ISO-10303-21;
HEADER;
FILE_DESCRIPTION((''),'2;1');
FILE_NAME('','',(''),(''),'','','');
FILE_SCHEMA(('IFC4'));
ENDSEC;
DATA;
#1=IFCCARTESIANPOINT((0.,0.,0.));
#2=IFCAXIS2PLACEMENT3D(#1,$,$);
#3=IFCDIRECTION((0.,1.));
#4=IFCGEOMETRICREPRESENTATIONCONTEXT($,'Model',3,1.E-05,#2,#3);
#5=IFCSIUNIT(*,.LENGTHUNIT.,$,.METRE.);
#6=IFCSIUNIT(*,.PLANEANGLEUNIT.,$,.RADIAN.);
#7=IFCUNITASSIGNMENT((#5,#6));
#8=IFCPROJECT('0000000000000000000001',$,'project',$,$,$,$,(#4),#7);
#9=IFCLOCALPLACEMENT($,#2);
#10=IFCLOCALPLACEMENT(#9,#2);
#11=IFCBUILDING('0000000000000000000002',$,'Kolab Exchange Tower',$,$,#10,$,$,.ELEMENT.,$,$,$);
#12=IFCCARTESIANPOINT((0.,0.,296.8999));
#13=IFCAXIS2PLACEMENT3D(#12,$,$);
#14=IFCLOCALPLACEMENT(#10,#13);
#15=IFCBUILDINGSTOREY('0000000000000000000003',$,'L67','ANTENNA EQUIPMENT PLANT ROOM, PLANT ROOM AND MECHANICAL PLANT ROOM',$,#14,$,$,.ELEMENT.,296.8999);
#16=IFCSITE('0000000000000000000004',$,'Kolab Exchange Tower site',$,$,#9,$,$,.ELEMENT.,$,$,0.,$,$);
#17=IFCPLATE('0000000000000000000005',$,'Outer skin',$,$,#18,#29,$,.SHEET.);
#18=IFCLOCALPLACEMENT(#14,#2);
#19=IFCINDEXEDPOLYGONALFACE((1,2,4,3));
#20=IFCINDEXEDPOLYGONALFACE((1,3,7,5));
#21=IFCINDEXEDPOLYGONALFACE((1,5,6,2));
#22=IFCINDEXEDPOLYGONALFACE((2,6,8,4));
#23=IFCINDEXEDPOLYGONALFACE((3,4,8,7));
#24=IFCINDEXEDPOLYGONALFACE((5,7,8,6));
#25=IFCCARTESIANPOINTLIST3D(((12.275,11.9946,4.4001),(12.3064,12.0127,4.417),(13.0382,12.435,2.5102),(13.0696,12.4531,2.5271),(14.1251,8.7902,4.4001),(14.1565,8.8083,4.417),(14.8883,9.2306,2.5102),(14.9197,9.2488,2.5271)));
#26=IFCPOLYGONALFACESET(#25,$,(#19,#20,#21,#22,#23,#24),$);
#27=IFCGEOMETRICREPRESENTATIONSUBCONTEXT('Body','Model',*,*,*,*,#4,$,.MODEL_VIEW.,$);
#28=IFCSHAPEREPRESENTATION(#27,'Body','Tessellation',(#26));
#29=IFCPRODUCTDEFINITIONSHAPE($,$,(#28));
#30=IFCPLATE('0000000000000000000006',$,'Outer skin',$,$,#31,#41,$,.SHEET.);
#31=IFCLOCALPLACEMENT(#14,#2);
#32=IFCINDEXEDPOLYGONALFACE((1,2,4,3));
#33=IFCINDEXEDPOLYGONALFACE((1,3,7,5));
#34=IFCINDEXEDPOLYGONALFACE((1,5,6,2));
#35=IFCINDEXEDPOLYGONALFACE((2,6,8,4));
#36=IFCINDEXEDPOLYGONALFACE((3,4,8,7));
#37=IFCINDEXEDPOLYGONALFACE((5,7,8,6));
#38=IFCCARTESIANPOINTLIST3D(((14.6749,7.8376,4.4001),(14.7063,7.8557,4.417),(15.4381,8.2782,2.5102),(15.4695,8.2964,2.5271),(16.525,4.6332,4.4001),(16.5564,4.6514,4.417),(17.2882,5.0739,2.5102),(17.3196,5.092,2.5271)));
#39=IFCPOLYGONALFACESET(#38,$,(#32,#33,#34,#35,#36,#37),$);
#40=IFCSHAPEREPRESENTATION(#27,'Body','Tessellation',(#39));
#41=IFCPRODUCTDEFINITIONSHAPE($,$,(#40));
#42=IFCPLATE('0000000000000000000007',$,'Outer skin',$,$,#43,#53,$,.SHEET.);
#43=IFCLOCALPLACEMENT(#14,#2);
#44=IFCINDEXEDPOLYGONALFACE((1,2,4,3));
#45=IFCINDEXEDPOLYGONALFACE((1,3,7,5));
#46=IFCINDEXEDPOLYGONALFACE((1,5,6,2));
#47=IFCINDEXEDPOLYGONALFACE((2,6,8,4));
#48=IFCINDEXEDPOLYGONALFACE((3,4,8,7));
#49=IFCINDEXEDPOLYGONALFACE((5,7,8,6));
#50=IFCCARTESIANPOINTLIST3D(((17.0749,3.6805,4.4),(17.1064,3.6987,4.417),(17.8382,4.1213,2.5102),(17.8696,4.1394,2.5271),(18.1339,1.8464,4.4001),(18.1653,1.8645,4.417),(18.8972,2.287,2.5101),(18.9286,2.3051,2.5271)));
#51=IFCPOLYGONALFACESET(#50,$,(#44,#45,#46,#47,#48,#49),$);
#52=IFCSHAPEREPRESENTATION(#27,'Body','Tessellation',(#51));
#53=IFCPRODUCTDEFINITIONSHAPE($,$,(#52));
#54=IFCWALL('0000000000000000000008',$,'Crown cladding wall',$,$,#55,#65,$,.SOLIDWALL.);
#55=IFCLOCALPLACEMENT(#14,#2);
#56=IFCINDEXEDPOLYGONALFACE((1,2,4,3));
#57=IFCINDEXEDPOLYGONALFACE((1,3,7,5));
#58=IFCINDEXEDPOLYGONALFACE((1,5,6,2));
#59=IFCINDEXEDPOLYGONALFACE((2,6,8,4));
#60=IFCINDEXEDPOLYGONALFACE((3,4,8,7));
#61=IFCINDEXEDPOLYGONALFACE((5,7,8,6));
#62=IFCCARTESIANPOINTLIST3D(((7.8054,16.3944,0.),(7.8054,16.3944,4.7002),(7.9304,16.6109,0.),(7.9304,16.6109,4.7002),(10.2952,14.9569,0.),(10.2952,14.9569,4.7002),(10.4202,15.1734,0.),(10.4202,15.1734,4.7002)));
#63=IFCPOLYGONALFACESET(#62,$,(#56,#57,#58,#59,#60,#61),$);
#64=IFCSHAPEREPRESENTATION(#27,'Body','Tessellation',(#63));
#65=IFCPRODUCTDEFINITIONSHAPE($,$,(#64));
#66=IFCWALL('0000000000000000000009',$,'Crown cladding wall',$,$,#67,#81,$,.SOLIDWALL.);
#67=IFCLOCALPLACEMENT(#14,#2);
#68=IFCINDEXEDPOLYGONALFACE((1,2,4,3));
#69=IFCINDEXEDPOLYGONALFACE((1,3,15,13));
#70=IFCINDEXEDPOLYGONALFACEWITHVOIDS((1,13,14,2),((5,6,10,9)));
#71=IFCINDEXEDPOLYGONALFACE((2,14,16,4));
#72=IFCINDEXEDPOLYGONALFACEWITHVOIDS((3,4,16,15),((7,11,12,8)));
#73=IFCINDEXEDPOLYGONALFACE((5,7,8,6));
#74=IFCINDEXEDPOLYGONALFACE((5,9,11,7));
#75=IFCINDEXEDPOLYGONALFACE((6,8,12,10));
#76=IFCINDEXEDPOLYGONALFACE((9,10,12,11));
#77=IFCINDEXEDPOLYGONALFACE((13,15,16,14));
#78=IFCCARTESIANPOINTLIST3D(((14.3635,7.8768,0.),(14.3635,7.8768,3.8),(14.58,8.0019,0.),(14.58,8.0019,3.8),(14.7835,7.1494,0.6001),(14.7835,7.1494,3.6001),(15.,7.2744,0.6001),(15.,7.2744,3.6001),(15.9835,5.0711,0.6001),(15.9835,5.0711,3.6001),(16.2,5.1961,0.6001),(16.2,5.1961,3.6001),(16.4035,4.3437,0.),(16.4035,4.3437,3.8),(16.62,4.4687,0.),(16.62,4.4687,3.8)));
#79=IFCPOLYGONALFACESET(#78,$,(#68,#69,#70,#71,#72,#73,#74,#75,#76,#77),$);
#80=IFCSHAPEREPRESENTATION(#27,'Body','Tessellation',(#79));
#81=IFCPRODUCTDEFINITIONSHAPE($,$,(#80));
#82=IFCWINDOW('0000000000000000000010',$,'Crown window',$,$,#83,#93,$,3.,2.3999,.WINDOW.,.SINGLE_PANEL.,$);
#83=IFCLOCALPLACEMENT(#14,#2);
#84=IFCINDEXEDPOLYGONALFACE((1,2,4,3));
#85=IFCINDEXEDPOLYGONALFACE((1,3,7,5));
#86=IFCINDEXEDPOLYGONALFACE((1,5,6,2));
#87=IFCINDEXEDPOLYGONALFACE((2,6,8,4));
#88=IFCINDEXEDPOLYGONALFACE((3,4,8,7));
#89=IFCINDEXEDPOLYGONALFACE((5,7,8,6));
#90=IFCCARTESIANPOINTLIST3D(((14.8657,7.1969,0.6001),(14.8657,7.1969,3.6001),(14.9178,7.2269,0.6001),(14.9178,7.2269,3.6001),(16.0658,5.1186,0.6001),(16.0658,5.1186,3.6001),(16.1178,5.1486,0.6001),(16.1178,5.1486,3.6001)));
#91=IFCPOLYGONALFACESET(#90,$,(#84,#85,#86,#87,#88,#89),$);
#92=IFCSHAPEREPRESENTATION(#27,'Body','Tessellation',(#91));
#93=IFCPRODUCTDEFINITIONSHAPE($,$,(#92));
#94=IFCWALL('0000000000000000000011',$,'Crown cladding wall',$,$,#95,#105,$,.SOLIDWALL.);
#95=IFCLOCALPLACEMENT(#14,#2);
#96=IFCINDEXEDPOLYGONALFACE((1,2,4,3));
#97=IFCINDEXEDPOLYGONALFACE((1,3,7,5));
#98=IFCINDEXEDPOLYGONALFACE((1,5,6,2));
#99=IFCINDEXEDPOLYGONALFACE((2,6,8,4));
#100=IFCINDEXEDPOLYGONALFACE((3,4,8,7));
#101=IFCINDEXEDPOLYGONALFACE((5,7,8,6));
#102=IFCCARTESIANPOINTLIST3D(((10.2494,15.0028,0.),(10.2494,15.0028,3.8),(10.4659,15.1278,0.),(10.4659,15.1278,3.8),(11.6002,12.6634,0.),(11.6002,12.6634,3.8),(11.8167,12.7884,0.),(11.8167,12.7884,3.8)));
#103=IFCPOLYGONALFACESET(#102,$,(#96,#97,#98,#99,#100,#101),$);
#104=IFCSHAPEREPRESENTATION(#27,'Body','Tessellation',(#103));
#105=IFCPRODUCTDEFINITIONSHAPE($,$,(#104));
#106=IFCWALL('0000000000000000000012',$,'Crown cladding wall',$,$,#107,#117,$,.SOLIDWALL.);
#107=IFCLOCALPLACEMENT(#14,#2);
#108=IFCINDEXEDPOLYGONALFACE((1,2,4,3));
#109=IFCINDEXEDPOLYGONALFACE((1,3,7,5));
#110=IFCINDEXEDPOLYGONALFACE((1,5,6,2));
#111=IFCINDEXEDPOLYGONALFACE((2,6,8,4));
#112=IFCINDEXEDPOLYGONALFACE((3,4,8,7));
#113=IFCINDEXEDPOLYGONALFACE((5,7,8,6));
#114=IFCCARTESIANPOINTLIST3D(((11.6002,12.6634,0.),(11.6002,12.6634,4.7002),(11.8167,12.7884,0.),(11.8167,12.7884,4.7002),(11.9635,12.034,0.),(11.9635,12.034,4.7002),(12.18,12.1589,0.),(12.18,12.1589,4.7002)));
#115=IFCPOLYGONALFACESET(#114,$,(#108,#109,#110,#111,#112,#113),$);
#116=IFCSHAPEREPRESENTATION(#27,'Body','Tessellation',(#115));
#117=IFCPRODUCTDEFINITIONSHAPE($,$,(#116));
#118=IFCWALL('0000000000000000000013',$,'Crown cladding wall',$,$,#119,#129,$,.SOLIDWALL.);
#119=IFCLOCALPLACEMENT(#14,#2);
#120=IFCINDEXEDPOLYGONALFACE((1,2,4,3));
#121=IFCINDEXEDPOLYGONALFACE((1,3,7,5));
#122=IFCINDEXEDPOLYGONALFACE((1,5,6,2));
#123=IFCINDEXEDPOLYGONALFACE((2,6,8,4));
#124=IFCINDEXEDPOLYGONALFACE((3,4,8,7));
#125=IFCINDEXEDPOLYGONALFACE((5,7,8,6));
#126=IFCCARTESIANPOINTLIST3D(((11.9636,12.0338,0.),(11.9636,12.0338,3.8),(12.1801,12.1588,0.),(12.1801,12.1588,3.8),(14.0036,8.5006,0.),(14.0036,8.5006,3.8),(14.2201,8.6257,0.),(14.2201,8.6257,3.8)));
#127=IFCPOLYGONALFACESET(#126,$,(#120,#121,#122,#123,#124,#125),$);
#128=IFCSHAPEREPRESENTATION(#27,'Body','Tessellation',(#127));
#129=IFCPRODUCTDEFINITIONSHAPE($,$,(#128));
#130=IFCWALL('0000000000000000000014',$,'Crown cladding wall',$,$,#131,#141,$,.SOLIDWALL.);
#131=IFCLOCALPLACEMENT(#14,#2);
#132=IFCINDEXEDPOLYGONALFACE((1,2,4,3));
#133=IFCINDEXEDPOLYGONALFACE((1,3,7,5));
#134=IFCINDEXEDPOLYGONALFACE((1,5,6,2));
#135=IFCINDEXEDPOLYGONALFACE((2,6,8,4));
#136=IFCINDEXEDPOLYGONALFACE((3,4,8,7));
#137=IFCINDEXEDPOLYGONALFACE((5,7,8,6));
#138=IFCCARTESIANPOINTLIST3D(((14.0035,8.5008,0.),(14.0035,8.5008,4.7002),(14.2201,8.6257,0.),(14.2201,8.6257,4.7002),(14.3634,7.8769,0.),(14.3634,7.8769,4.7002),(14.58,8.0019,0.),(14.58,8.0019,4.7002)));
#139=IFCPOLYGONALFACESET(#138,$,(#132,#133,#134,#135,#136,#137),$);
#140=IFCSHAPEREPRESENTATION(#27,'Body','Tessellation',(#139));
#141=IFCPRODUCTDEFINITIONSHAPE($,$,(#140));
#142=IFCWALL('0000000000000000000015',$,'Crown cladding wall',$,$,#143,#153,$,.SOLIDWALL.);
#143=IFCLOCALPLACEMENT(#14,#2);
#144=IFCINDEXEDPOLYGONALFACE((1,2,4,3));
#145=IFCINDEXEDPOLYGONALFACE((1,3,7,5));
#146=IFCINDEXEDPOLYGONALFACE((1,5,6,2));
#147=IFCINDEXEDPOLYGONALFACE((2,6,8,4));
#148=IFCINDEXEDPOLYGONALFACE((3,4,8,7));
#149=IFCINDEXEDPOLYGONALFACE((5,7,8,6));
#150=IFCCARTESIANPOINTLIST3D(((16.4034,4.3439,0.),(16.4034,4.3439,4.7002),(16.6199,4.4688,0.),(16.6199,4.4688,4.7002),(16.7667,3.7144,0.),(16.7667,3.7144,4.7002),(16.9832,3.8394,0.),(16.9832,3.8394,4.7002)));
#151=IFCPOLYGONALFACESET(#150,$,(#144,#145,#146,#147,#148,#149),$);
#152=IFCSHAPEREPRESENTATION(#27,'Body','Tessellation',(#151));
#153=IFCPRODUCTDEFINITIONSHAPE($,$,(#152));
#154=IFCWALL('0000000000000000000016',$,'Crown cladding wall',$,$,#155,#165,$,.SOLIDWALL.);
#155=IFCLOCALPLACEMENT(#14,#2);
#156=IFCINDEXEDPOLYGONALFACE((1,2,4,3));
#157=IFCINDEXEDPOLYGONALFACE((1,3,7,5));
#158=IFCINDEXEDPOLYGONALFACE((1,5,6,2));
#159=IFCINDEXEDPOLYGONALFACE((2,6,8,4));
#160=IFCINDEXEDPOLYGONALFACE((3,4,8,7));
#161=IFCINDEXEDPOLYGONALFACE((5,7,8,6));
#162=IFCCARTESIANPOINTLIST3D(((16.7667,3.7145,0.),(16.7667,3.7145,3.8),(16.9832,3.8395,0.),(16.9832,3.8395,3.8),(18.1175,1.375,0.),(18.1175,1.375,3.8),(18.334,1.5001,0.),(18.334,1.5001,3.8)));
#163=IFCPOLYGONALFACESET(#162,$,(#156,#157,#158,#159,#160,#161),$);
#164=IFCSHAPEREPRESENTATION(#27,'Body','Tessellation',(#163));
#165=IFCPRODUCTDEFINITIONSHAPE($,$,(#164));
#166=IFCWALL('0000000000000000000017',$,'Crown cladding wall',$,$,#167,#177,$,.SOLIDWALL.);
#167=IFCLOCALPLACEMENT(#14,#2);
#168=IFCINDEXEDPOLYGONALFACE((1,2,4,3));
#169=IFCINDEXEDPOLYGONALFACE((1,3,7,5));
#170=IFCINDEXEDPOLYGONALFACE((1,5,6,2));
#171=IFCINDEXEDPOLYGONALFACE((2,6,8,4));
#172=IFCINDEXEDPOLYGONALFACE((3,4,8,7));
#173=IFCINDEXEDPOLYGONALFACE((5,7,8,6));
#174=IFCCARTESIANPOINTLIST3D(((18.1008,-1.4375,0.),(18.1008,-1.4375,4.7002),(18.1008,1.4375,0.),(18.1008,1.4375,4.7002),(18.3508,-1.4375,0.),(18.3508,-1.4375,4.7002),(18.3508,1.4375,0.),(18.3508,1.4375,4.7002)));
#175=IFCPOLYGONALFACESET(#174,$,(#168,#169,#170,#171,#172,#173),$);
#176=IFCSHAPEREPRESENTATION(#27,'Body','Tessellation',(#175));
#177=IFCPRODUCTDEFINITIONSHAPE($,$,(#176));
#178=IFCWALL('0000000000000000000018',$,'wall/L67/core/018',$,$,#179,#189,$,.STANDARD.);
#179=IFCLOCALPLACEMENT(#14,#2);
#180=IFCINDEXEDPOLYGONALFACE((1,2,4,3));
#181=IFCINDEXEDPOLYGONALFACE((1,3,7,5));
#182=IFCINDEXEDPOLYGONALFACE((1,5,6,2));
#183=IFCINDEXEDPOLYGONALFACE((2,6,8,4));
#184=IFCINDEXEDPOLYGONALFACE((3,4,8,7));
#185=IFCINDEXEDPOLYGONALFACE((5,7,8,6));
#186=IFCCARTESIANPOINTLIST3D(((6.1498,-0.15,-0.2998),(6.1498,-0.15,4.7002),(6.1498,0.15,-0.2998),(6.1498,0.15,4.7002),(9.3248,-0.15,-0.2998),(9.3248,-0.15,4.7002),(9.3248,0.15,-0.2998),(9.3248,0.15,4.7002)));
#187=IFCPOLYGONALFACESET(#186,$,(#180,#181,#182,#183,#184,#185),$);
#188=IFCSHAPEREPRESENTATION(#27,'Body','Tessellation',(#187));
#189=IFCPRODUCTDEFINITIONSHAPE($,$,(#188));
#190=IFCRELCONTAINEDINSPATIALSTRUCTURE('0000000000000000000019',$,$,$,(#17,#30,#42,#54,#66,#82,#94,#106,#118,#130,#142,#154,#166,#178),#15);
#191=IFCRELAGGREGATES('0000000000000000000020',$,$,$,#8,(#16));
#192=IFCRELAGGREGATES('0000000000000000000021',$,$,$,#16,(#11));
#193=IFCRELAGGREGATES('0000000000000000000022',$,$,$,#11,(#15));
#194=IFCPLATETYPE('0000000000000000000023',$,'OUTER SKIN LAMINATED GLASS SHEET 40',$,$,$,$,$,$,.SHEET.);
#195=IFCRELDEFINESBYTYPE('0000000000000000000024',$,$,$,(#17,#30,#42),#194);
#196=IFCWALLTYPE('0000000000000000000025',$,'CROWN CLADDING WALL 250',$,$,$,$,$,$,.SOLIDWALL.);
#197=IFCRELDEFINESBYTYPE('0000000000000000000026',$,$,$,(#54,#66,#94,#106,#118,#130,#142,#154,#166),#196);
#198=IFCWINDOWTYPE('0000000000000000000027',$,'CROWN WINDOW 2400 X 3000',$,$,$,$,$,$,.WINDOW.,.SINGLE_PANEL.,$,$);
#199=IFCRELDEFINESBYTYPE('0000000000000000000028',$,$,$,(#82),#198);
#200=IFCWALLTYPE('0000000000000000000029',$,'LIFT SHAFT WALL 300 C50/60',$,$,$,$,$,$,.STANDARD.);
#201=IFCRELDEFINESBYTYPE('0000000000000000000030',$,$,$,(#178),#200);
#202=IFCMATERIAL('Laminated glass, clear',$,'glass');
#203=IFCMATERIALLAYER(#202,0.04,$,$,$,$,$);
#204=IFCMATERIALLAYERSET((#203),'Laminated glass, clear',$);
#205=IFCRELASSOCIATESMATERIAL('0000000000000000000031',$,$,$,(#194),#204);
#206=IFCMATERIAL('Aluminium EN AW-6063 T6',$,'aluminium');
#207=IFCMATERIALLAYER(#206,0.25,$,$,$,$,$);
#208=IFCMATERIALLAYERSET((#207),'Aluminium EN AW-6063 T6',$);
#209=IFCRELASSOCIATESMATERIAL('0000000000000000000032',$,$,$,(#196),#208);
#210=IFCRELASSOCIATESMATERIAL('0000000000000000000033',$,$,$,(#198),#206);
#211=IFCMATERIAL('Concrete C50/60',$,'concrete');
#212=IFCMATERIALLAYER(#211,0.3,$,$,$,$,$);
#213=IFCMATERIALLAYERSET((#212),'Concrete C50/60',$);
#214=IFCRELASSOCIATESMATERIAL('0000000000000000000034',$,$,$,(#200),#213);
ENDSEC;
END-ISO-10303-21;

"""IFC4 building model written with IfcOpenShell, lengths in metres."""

from ifc_helpers import new_model, si_unit, direction, frame, frame_2d, origin, place, context, subcontext, project, spatial, polyline, rectangle, outline, extrude, material, layer, layer_set, type_object, element, fill, save


model = new_model("IFC4")

# Units and contexts
model_context = context("Model", 3, precision=1e-05, world=origin(), true_north=direction((0.0, 1.0)))
body_context = subcontext(model_context, "Body", "Model", "MODEL_VIEW")
ifc_project = project(units=[si_unit("LENGTHUNIT", "METRE"), si_unit("PLANEANGLEUNIT", "RADIAN")], contexts=[model_context])

# Site, building, storey
site_placement = place(None, origin())
site = spatial("IfcSite", under=ifc_project, at=site_placement, Name="Kolab Exchange Tower site", CompositionType="ELEMENT", RefElevation=0.0)
building_placement = place(site_placement, origin())
building = spatial("IfcBuilding", under=site, at=building_placement, Name="Kolab Exchange Tower", CompositionType="ELEMENT")
storey_placement = place(building_placement, frame((0.0, 0.0, 296.8999)))
storey = spatial("IfcBuildingStorey", under=building, at=storey_placement, Name="L67", Description="ANTENNA EQUIPMENT PLANT ROOM, PLANT ROOM AND MECHANICAL PLANT ROOM", CompositionType="ELEMENT", Elevation=296.8999)

# Shared definitions
ifc_material_1 = material(Name="Concrete C50/60", Category="concrete")

# Plates
ifc_material_2 = material(Name="Laminated glass, clear", Category="glass")
ifc_layer_1 = layer(ifc_material_2, 0.04)
ifc_layer_set_1 = layer_set([ifc_layer_1], Name="Laminated glass, clear")
plate_type = type_object("IfcPlateType", Name="OUTER SKIN LAMINATED GLASS SHEET 40", PredefinedType="SHEET", material=ifc_layer_set_1)
plate_1_placement = place(storey_placement, frame((13.0696, 12.4531, 2.5271), z_axis=(0.784897, 0.453177, 0.422571), x_axis=(0.500014, -0.866017, 0.0)))
element("IfcPlate", 1, at=plate_1_placement, inside=storey, type_object=plate_type, Name="Outer skin", PredefinedType="SHEET", context=body_context, shape_type="SweptSolid", body=[
    extrude(outline(polyline([(0.0, 0.0), (3.7001, 0.0), (3.6999, -2.0852), (-0.0002, -2.0852), (0.0, 0.0)])), origin(), (0.0, 0.0, -1.0), 0.04),
])
plate_2_placement = place(storey_placement, frame((15.4695, 8.2964, 2.5271), z_axis=(0.784878, 0.453166, 0.422619), x_axis=(0.500014, -0.866017, 0.0)))
element("IfcPlate", 2, at=plate_2_placement, inside=storey, type_object=plate_type, Name="Outer skin", PredefinedType="SHEET", context=body_context, shape_type="SweptSolid", body=[
    extrude(outline(polyline([(0.0, 0.0), (3.7001, 0.0), (3.7001, -2.0853), (0.0, -2.0853), (0.0, 0.0)])), origin(), (0.0, 0.0, -1.0), 0.04),
])
plate_3_placement = place(storey_placement, frame((17.8696, 4.1394, 2.5271), z_axis=(0.784874, 0.453134, 0.422661), x_axis=(0.499996, -0.866028, -0.000019)))
element("IfcPlate", 3, at=plate_3_placement, inside=storey, type_object=plate_type, Name="Outer skin", PredefinedType="SHEET", context=body_context, shape_type="SweptSolid", body=[
    extrude(outline(polyline([(0.0, 0.0), (2.118, 0.0), (2.1179, -2.0854), (0.0, -2.0853), (0.0, 0.0)])), origin(), (0.0, 0.0, -1.0), 0.04),
])

# Wall
ifc_material_3 = material(Name="Aluminium EN AW-6063 T6", Category="aluminium")
ifc_layer_2 = layer(ifc_material_3, 0.25)
ifc_layer_set_2 = layer_set([ifc_layer_2], Name="Aluminium EN AW-6063 T6")
wall_type_1 = type_object("IfcWallType", Name="CROWN CLADDING WALL 250", PredefinedType="SOLIDWALL", material=ifc_layer_set_2)
wall_1_placement = place(storey_placement, frame((7.8679, 16.5027, 0.0), z_axis=(0.0, 0.0, 1.0), x_axis=(0.866019, -0.500012, 0.0)))
element("IfcWall", 4, at=wall_1_placement, inside=storey, type_object=wall_type_1, Name="Crown cladding wall", PredefinedType="SOLIDWALL", context=body_context, shape_type="SweptSolid", body=[
    extrude(rectangle(XDim=2.875, YDim=0.25, at=frame_2d((1.4375, 0.0))), origin(), (0.0, 0.0, 1.0), 4.7002),
])

# Wall, opening, window
wall_2_placement = place(storey_placement, frame((14.4717, 7.9395, 0.0), z_axis=(0.0, 0.0, 1.0), x_axis=(0.500026, -0.86601, 0.0)))
wall_2 = element("IfcWall", 5, at=wall_2_placement, inside=storey, type_object=wall_type_1, Name="Crown cladding wall", PredefinedType="SOLIDWALL", context=body_context, shape_type="SweptSolid", body=[
    extrude(rectangle(XDim=4.0798, YDim=0.25, at=frame_2d((2.04, 0.0))), origin(), (0.0, 0.0, 1.0), 3.8),
])
opening_1_placement = place(wall_2_placement, frame((0.8401, 0.0, 0.6001)))
opening_1 = element("IfcOpeningElement", 6, at=opening_1_placement, cuts=wall_2, PredefinedType="OPENING", context=body_context, shape_type="SweptSolid", body=[
    extrude(rectangle(XDim=2.3999, YDim=3.0, at=frame_2d((1.2, 1.5))), frame((0.0, 0.135, 0.0), z_axis=(0.0, -1.0, 0.0), x_axis=(1.0, 0.0, 0.0)), (0.0, 0.0, 1.0), 0.27),
])
window_type = type_object("IfcWindowType", Name="CROWN WINDOW 2400 X 3000", PartitioningType="SINGLE_PANEL", PredefinedType="WINDOW", material=ifc_material_3)
window_placement = place(opening_1_placement, origin())
window = element("IfcWindow", 7, at=window_placement, inside=storey, type_object=window_type, Name="Crown window", OverallHeight=3.0, OverallWidth=2.3999, PartitioningType="SINGLE_PANEL", PredefinedType="WINDOW", context=body_context, shape_type="SweptSolid", body=[
    extrude(rectangle(XDim=2.3999, YDim=3.0, at=frame_2d((1.2, 1.5))), frame((0.0, 0.03, 0.0), z_axis=(0.0, -1.0, 0.0), x_axis=(1.0, 0.0, 0.0)), (0.0, 0.0, 1.0), 0.0601),
])
fill(opening_1, window)

# Walls
wall_3_placement = place(storey_placement, frame((10.3577, 15.0652, 0.0), z_axis=(0.0, 0.0, 1.0), x_axis=(0.500056, -0.865993, 0.0)))
element("IfcWall", 8, at=wall_3_placement, inside=storey, type_object=wall_type_1, Name="Crown cladding wall", PredefinedType="SOLIDWALL", context=body_context, shape_type="SweptSolid", body=[
    extrude(rectangle(XDim=2.7014, YDim=0.25, at=frame_2d((1.3506, 0.0))), origin(), (0.0, 0.0, 1.0), 3.8),
])
wall_4_placement = place(storey_placement, frame((11.7085, 12.7258, 0.0), z_axis=(0.0, 0.0, 1.0), x_axis=(0.499897, -0.866085, 0.0)))
element("IfcWall", 9, at=wall_4_placement, inside=storey, type_object=wall_type_1, Name="Crown cladding wall", PredefinedType="SOLIDWALL", context=body_context, shape_type="SweptSolid", body=[
    extrude(rectangle(XDim=0.7268, YDim=0.25, at=frame_2d((0.3633, 0.0))), origin(), (0.0, 0.0, 1.0), 4.7002),
])
wall_5_placement = place(storey_placement, frame((12.0718, 12.0964, 0.0), z_axis=(0.0, 0.0, 1.0), x_axis=(0.500026, -0.86601, 0.0)))
element("IfcWall", 10, at=wall_5_placement, inside=storey, type_object=wall_type_1, Name="Crown cladding wall", PredefinedType="SOLIDWALL", context=body_context, shape_type="SweptSolid", body=[
    extrude(rectangle(XDim=4.0798, YDim=0.25, at=frame_2d((2.04, 0.0))), origin(), (0.0, 0.0, 1.0), 3.8),
])
wall_6_placement = place(storey_placement, frame((14.1118, 8.5632, 0.0), z_axis=(0.0, 0.0, 1.0), x_axis=(0.499713, -0.866191, 0.0)))
element("IfcWall", 11, at=wall_6_placement, inside=storey, type_object=wall_type_1, Name="Crown cladding wall", PredefinedType="SOLIDWALL", context=body_context, shape_type="SweptSolid", body=[
    extrude(rectangle(XDim=0.7202, YDim=0.25, at=frame_2d((0.3601, 0.0))), origin(), (0.0, 0.0, 1.0), 4.7002),
])
wall_7_placement = place(storey_placement, frame((16.5117, 4.4062, 0.0), z_axis=(0.0, 0.0, 1.0), x_axis=(0.499897, -0.866085, 0.0)))
element("IfcWall", 12, at=wall_7_placement, inside=storey, type_object=wall_type_1, Name="Crown cladding wall", PredefinedType="SOLIDWALL", context=body_context, shape_type="SweptSolid", body=[
    extrude(rectangle(XDim=0.7268, YDim=0.25, at=frame_2d((0.3633, 0.0))), origin(), (0.0, 0.0, 1.0), 4.7002),
])
wall_8_placement = place(storey_placement, frame((16.875, 3.7769, 0.0), z_axis=(0.0, 0.0, 1.0), x_axis=(0.500056, -0.865993, 0.0)))
element("IfcWall", 13, at=wall_8_placement, inside=storey, type_object=wall_type_1, Name="Crown cladding wall", PredefinedType="SOLIDWALL", context=body_context, shape_type="SweptSolid", body=[
    extrude(rectangle(XDim=2.7014, YDim=0.25, at=frame_2d((1.3506, 0.0))), origin(), (0.0, 0.0, 1.0), 3.8),
])
wall_9_placement = place(storey_placement, frame((18.2258, 1.4375, 0.0), z_axis=(0.0, 0.0, 1.0), x_axis=(0.0, -1.0, 0.0)))
element("IfcWall", 14, at=wall_9_placement, inside=storey, type_object=wall_type_1, Name="Crown cladding wall", PredefinedType="SOLIDWALL", context=body_context, shape_type="SweptSolid", body=[
    extrude(rectangle(XDim=2.875, YDim=0.25, at=frame_2d((1.4375, 0.0))), origin(), (0.0, 0.0, 1.0), 4.7002),
])
ifc_layer_3 = layer(ifc_material_1, 0.3)
ifc_layer_set_3 = layer_set([ifc_layer_3], Name="Concrete C50/60")
wall_type_2 = type_object("IfcWallType", Name="LIFT SHAFT WALL 300 C50/60", PredefinedType="STANDARD", material=ifc_layer_set_3)
for number, where, z_axis, x_axis, name in (
    (15, (6.1499, 0.0, -0.2998), (0.0, 0.0, 1.0), (1.0, 0.0, 0.0), "wall/L67/core/018"),
):
    element("IfcWall", number, at=place(storey_placement, frame(where, z_axis=z_axis, x_axis=x_axis)), inside=storey, type_object=wall_type_2, Name=name, PredefinedType="STANDARD", context=body_context, shape_type="SweptSolid", body=[
        extrude(rectangle(XDim=3.175, YDim=0.3, at=frame_2d((1.5874, 0.0))), origin(), (0.0, 0.0, 1.0), 5.0),
    ])

save(model, "model.ifc")
